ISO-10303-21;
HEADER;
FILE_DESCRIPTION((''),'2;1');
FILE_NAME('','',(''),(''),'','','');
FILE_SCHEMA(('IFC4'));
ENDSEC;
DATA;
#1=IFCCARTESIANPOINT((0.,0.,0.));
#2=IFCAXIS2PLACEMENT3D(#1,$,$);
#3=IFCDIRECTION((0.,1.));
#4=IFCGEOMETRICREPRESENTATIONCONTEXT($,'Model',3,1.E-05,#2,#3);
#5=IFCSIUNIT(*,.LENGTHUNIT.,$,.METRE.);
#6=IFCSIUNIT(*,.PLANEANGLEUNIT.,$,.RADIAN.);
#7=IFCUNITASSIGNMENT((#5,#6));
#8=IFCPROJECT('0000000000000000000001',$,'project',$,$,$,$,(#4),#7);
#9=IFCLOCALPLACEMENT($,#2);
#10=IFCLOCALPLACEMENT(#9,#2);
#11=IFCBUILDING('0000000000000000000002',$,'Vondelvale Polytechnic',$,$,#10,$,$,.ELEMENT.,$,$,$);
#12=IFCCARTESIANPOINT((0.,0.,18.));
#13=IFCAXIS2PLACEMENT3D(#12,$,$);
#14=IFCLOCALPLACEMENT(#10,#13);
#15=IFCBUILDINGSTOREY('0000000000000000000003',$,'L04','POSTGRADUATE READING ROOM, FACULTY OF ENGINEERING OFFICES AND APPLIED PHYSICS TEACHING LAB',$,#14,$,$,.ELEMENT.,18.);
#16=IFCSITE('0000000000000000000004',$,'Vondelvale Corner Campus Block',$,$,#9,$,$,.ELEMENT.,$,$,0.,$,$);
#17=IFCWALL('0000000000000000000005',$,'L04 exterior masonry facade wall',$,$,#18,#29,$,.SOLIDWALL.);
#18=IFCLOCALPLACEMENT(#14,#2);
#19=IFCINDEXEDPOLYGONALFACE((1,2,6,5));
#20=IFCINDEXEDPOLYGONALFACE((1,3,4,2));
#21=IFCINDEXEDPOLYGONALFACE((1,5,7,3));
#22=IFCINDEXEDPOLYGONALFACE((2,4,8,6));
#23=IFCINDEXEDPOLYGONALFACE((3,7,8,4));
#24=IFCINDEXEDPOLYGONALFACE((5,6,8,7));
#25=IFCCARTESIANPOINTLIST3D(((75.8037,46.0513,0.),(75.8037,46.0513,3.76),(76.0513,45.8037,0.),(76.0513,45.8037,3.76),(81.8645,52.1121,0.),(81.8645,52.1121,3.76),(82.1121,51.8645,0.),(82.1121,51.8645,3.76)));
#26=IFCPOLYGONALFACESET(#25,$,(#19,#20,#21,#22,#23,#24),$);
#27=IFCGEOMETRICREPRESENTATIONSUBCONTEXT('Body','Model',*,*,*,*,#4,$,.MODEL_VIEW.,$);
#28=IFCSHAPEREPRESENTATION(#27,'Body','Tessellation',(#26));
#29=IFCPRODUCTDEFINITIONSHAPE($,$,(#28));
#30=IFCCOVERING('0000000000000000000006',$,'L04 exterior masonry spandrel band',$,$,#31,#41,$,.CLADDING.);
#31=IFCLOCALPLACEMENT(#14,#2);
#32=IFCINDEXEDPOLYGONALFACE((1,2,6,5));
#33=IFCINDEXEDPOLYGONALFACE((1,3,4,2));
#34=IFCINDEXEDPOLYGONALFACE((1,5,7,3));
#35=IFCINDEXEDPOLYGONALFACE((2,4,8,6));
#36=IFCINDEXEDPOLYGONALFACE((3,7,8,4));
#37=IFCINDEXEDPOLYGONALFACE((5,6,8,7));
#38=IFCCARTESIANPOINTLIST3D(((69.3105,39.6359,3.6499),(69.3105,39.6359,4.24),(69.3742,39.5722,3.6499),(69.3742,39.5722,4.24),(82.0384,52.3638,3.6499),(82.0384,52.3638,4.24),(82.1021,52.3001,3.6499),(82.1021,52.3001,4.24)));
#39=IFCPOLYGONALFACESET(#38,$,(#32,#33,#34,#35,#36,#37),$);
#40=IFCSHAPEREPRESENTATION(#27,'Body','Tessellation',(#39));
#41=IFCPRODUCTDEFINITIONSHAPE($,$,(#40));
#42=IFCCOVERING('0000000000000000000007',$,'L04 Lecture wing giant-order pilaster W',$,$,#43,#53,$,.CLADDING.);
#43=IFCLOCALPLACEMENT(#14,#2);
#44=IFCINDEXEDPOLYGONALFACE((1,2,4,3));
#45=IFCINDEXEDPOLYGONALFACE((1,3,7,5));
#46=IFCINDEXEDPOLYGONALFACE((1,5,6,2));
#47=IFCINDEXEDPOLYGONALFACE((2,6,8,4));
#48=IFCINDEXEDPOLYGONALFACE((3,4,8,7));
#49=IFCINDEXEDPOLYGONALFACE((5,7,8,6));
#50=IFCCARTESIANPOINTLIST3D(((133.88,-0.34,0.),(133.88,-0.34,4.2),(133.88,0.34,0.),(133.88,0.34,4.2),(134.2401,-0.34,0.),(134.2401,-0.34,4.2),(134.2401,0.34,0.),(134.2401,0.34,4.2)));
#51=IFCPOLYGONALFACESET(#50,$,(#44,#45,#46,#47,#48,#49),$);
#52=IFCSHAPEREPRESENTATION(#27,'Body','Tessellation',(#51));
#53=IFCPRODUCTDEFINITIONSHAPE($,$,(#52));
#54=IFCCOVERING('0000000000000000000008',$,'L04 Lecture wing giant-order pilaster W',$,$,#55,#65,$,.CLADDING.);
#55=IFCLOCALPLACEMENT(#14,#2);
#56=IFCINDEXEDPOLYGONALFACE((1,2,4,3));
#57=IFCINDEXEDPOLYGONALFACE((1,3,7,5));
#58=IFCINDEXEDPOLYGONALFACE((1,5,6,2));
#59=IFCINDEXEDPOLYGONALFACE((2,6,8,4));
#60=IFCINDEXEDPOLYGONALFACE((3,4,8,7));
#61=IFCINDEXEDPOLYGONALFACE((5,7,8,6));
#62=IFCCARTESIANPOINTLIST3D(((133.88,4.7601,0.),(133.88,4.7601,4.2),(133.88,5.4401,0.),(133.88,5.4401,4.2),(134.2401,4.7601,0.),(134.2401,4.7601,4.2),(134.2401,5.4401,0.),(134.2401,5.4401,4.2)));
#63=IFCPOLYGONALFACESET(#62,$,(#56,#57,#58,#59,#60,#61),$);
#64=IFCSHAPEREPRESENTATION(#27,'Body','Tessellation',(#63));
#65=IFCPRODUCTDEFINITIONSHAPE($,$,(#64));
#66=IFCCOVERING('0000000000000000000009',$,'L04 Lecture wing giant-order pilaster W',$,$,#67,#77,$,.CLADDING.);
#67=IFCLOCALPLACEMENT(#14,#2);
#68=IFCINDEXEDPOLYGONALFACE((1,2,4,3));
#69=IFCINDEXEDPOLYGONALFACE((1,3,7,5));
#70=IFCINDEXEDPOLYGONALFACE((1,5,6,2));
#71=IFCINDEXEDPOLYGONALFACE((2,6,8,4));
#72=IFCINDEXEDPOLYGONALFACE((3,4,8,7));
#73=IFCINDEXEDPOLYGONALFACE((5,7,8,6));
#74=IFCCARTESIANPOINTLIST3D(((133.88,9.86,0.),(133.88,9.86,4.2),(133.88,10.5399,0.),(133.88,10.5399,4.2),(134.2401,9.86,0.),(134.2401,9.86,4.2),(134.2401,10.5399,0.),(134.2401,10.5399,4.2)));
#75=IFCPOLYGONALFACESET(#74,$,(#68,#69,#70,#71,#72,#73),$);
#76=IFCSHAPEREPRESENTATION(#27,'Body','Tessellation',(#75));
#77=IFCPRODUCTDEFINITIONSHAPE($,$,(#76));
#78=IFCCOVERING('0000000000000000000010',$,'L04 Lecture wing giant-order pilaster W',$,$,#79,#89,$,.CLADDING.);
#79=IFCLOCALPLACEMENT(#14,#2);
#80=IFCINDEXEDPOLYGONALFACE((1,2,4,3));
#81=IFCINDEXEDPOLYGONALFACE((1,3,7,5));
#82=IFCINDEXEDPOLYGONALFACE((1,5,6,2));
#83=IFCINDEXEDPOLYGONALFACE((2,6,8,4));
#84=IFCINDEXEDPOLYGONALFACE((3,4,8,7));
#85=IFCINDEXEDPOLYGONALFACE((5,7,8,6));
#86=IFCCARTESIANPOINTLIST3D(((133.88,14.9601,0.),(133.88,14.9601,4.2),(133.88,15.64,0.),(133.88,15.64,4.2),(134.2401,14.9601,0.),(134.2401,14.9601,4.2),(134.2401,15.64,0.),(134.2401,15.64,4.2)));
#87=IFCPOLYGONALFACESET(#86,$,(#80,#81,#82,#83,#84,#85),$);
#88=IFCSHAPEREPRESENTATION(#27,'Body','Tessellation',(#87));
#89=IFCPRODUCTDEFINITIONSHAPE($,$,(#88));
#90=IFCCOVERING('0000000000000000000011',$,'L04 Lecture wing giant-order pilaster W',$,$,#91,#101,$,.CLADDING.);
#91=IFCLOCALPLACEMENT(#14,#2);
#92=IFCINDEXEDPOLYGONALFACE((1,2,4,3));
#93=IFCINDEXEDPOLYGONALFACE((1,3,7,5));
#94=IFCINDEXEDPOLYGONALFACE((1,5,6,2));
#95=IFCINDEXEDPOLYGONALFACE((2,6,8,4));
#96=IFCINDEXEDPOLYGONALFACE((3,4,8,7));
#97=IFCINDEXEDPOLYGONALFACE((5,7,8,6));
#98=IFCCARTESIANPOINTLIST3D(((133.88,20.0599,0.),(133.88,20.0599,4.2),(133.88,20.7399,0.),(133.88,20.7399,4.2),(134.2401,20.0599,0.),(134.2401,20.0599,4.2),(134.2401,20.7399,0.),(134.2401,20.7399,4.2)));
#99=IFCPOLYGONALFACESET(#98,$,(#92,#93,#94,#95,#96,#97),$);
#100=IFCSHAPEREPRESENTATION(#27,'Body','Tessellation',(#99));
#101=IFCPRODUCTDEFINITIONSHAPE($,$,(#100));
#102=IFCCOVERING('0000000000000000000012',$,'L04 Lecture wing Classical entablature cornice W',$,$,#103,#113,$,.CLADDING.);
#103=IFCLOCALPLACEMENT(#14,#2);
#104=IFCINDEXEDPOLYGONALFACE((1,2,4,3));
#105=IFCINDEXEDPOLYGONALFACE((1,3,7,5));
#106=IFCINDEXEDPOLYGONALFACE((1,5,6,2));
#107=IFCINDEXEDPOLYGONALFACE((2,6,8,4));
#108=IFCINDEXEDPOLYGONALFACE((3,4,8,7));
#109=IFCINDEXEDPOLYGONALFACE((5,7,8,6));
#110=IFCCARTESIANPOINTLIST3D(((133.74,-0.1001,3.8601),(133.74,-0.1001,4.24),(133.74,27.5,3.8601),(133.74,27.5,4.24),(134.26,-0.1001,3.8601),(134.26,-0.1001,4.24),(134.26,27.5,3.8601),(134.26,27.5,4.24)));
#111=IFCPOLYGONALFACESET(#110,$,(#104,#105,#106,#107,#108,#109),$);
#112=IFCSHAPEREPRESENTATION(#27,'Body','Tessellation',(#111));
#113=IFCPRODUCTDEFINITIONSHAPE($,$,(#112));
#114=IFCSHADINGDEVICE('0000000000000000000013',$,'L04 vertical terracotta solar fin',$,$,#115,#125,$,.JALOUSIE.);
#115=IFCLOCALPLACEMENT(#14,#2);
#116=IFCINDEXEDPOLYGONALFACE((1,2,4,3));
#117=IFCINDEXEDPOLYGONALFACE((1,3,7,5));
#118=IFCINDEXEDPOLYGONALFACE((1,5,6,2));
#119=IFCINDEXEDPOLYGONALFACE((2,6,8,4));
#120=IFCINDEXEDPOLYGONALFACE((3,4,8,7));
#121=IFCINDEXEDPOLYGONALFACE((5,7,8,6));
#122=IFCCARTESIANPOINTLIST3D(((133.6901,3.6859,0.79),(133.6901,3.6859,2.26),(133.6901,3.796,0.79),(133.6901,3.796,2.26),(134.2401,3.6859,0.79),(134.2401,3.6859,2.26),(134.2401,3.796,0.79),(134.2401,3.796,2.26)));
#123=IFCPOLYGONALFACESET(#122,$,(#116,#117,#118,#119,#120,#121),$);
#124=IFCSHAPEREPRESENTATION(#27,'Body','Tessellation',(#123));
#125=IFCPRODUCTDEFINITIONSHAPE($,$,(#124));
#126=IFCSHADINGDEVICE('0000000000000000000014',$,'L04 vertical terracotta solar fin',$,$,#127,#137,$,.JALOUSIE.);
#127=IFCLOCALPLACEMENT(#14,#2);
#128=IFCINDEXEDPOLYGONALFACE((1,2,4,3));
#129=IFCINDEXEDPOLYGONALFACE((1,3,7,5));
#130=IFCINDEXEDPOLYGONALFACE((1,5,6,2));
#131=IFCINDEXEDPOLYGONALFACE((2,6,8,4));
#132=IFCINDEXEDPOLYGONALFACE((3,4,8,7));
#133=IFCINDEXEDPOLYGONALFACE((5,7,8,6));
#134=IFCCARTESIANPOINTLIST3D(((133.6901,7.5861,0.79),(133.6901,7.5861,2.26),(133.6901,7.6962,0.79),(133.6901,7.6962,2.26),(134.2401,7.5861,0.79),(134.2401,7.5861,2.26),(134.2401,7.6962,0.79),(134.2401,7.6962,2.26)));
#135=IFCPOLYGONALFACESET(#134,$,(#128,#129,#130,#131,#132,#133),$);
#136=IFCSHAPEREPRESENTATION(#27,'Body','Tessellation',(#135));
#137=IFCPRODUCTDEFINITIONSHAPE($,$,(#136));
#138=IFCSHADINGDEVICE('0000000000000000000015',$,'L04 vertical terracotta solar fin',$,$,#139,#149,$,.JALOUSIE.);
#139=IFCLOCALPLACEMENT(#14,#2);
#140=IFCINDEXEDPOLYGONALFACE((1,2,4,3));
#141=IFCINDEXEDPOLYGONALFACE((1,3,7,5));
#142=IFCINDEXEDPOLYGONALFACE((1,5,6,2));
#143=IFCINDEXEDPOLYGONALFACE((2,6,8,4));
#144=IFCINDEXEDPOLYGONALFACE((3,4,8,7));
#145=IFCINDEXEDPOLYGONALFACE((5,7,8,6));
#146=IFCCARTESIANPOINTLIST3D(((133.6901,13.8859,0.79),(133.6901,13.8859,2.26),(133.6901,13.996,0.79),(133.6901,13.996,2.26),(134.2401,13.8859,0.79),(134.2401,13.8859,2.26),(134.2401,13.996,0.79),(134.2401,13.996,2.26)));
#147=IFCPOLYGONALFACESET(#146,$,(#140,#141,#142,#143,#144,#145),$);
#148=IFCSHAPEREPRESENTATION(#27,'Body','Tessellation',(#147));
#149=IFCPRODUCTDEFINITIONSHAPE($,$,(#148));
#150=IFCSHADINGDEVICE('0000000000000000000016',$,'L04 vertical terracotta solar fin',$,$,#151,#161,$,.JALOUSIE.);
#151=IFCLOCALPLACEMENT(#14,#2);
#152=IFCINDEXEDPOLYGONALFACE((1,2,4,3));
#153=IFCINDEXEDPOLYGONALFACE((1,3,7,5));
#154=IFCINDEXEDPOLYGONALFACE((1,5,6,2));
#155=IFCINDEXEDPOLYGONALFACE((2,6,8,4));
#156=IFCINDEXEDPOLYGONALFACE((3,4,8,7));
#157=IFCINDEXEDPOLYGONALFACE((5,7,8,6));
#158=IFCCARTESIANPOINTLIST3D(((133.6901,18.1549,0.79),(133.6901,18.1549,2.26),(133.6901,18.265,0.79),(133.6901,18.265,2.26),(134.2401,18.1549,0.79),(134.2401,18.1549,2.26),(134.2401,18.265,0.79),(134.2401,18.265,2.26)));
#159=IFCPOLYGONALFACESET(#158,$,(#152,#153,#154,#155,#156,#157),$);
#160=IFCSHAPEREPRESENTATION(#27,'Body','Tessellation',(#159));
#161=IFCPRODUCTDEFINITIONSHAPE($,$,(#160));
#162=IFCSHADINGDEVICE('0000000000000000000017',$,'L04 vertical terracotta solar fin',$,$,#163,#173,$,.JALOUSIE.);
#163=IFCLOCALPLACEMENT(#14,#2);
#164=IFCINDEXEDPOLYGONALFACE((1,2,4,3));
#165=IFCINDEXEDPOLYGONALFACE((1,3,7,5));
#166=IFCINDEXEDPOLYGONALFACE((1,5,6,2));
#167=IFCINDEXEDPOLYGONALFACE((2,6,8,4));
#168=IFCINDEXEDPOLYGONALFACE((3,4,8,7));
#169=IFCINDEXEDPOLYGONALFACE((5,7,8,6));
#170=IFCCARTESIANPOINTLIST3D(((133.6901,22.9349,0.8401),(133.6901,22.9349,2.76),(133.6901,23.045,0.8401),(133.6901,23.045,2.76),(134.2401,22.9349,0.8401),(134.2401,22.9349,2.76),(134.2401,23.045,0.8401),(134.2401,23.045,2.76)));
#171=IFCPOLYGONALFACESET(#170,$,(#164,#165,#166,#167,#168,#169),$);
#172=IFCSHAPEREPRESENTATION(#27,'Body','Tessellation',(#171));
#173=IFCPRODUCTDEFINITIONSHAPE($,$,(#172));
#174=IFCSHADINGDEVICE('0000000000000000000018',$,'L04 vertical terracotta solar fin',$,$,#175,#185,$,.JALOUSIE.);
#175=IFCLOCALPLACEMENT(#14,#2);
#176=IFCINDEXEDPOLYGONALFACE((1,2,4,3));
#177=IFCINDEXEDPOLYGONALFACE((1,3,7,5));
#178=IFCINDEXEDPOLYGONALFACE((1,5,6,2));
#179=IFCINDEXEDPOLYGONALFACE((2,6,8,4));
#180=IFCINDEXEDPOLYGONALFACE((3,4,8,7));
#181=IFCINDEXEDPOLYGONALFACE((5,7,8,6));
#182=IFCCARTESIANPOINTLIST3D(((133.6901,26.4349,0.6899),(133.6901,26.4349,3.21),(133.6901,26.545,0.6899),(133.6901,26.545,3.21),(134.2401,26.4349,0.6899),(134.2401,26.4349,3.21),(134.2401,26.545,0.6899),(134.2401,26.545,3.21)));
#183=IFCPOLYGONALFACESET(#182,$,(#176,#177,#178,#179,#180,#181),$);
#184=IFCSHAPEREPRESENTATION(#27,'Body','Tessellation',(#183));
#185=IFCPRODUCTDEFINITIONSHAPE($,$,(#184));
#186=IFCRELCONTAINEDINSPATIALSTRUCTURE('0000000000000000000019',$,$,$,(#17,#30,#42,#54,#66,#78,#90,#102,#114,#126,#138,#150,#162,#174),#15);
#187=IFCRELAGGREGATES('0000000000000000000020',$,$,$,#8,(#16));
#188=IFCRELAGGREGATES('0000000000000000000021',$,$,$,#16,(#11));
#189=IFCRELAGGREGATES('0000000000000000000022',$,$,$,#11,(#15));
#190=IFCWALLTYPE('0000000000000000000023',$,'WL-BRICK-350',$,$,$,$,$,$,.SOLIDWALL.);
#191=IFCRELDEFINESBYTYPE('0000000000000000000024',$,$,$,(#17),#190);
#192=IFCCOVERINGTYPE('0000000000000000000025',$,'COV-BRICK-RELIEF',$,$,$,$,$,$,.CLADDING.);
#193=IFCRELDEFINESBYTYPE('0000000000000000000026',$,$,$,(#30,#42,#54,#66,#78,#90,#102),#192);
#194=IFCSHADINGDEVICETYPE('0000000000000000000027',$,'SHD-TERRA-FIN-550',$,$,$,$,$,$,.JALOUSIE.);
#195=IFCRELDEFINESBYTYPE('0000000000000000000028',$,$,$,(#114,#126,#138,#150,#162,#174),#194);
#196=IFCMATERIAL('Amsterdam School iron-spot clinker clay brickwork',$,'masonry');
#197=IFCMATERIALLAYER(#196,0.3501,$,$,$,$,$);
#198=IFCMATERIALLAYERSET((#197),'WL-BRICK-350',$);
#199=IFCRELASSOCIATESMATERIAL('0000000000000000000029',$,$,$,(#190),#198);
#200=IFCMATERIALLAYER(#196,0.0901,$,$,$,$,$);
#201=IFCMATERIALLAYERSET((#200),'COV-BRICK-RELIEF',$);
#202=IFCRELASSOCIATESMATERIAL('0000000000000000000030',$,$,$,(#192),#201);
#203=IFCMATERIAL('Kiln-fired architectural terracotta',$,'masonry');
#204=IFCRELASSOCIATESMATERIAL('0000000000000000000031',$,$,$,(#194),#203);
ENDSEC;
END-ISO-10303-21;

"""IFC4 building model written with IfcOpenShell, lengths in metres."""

from ifc_helpers import new_model, si_unit, direction, frame, frame_2d, origin, origin_2d, place, context, subcontext, project, spatial, rectangle, extrude, material, layer, layer_set, type_object, element, save


model = new_model("IFC4")

# Units and contexts
model_context = context("Model", 3, precision=1e-05, world=origin(), true_north=direction((0.0, 1.0)))
body_context = subcontext(model_context, "Body", "Model", "MODEL_VIEW")
ifc_project = project(units=[si_unit("LENGTHUNIT", "METRE"), si_unit("PLANEANGLEUNIT", "RADIAN")], contexts=[model_context])

# Site, building, storey
site_placement = place(None, origin())
site = spatial("IfcSite", under=ifc_project, at=site_placement, Name="Vondelvale Corner Campus Block", CompositionType="ELEMENT", RefElevation=0.0)
building_placement = place(site_placement, origin())
building = spatial("IfcBuilding", under=site, at=building_placement, Name="Vondelvale Polytechnic", CompositionType="ELEMENT")
storey_placement = place(building_placement, frame((0.0, 0.0, 18.0)))
storey = spatial("IfcBuildingStorey", under=building, at=storey_placement, Name="L04", Description="POSTGRADUATE READING ROOM, FACULTY OF ENGINEERING OFFICES AND APPLIED PHYSICS TEACHING LAB", CompositionType="ELEMENT", Elevation=18.0)

# Wall
ifc_material_1 = material(Name="Amsterdam School iron-spot clinker clay brickwork", Category="masonry")
ifc_layer_1 = layer(ifc_material_1, 0.3501)
ifc_layer_set_1 = layer_set([ifc_layer_1], Name="WL-BRICK-350")
wall_type = type_object("IfcWallType", Name="WL-BRICK-350", PredefinedType="SOLIDWALL", material=ifc_layer_set_1)
wall_placement = place(storey_placement, frame((75.9275, 45.9275, 0.0), z_axis=(0.0, 0.0, 1.0), x_axis=(0.707107, 0.707107, 0.0)))
element("IfcWall", 1, at=wall_placement, inside=storey, type_object=wall_type, Name="L04 exterior masonry facade wall", PredefinedType="SOLIDWALL", context=body_context, shape_type="SweptSolid", body=[
    extrude(rectangle(XDim=8.5713, YDim=0.3501, at=frame_2d((4.2856, 0.0))), origin(), (0.0, 0.0, 1.0), 3.76),
])

# Coverings
ifc_layer_2 = layer(ifc_material_1, 0.0901)
ifc_layer_set_2 = layer_set([ifc_layer_2], Name="COV-BRICK-RELIEF")
covering_type = type_object("IfcCoveringType", Name="COV-BRICK-RELIEF", PredefinedType="CLADDING", material=ifc_layer_set_2)
covering_1_placement = place(storey_placement, frame((75.7063, 45.968, 3.6499), z_axis=(0.0, 0.0, 1.0), x_axis=(-0.707107, -0.707107, 0.0)))
element("IfcCovering", 2, at=covering_1_placement, inside=storey, type_object=covering_type, Name="L04 exterior masonry spandrel band", PredefinedType="CLADDING", context=body_context, shape_type="SweptSolid", body=[
    extrude(rectangle(XDim=18.0, YDim=0.0901, at=origin_2d()), origin(), (0.0, 0.0, 1.0), 0.5901),
])
for number, where, z_axis, x_axis, name in (
    (3, (134.0601, 0.0, 0.0), (0.0, 0.0, 1.0), (1.0, 0.0, 0.0), "L04 Lecture wing giant-order pilaster W"),
    (4, (134.0601, 5.1001, 0.0), (0.0, 0.0, 1.0), (1.0, 0.0, 0.0), "L04 Lecture wing giant-order pilaster W"),
    (5, (134.0601, 10.2, 0.0), (0.0, 0.0, 1.0), (1.0, 0.0, 0.0), "L04 Lecture wing giant-order pilaster W"),
    (6, (134.0601, 15.3, 0.0), (0.0, 0.0, 1.0), (1.0, 0.0, 0.0), "L04 Lecture wing giant-order pilaster W"),
    (7, (134.0601, 20.3999, 0.0), (0.0, 0.0, 1.0), (1.0, 0.0, 0.0), "L04 Lecture wing giant-order pilaster W"),
):
    element("IfcCovering", number, at=place(storey_placement, frame(where, z_axis=z_axis, x_axis=x_axis)), inside=storey, type_object=covering_type, Name=name, PredefinedType="CLADDING", context=body_context, shape_type="SweptSolid", body=[
        extrude(rectangle(XDim=0.3601, YDim=0.6799, at=origin_2d()), origin(), (0.0, 0.0, 1.0), 4.2),
    ])
covering_2_placement = place(storey_placement, frame((134.0, 13.7, 3.8601), z_axis=(0.0, 0.0, 1.0), x_axis=(1.0, 0.0, 0.0)))
element("IfcCovering", 8, at=covering_2_placement, inside=storey, type_object=covering_type, Name="L04 Lecture wing Classical entablature cornice W", PredefinedType="CLADDING", context=body_context, shape_type="SweptSolid", body=[
    extrude(rectangle(XDim=0.52, YDim=27.6001, at=origin_2d()), origin(), (0.0, 0.0, 1.0), 0.3799),
])

# Shading devices
ifc_material_2 = material(Name="Kiln-fired architectural terracotta", Category="masonry")
shading_device_type = type_object("IfcShadingDeviceType", Name="SHD-TERRA-FIN-550", PredefinedType="JALOUSIE", material=ifc_material_2)
for number, where, z_axis, x_axis, name in (
    (9, (133.9651, 3.741, 0.79), (0.0, 0.0, 1.0), (0.0, 1.0, 0.0), "L04 vertical terracotta solar fin"),
    (10, (133.9651, 7.6411, 0.79), (0.0, 0.0, 1.0), (0.0, 1.0, 0.0), "L04 vertical terracotta solar fin"),
    (11, (133.9651, 13.9409, 0.79), (0.0, 0.0, 1.0), (0.0, 1.0, 0.0), "L04 vertical terracotta solar fin"),
    (12, (133.9651, 18.21, 0.79), (0.0, 0.0, 1.0), (0.0, 1.0, 0.0), "L04 vertical terracotta solar fin"),
):
    element("IfcShadingDevice", number, at=place(storey_placement, frame(where, z_axis=z_axis, x_axis=x_axis)), inside=storey, type_object=shading_device_type, Name=name, PredefinedType="JALOUSIE", context=body_context, shape_type="SweptSolid", body=[
        extrude(rectangle(XDim=0.1101, YDim=0.55, at=origin_2d()), origin(), (0.0, 0.0, 1.0), 1.47),
    ])
shading_device_1_placement = place(storey_placement, frame((133.9651, 22.99, 0.8401), z_axis=(0.0, 0.0, 1.0), x_axis=(0.0, 1.0, 0.0)))
element("IfcShadingDevice", 13, at=shading_device_1_placement, inside=storey, type_object=shading_device_type, Name="L04 vertical terracotta solar fin", PredefinedType="JALOUSIE", context=body_context, shape_type="SweptSolid", body=[
    extrude(rectangle(XDim=0.1101, YDim=0.55, at=origin_2d()), origin(), (0.0, 0.0, 1.0), 1.9199),
])
shading_device_2_placement = place(storey_placement, frame((133.9651, 26.49, 0.6899), z_axis=(0.0, 0.0, 1.0), x_axis=(0.0, 1.0, 0.0)))
element("IfcShadingDevice", 14, at=shading_device_2_placement, inside=storey, type_object=shading_device_type, Name="L04 vertical terracotta solar fin", PredefinedType="JALOUSIE", context=body_context, shape_type="SweptSolid", body=[
    extrude(rectangle(XDim=0.1101, YDim=0.55, at=origin_2d()), origin(), (0.0, 0.0, 1.0), 2.52),
])

save(model, "model.ifc")
